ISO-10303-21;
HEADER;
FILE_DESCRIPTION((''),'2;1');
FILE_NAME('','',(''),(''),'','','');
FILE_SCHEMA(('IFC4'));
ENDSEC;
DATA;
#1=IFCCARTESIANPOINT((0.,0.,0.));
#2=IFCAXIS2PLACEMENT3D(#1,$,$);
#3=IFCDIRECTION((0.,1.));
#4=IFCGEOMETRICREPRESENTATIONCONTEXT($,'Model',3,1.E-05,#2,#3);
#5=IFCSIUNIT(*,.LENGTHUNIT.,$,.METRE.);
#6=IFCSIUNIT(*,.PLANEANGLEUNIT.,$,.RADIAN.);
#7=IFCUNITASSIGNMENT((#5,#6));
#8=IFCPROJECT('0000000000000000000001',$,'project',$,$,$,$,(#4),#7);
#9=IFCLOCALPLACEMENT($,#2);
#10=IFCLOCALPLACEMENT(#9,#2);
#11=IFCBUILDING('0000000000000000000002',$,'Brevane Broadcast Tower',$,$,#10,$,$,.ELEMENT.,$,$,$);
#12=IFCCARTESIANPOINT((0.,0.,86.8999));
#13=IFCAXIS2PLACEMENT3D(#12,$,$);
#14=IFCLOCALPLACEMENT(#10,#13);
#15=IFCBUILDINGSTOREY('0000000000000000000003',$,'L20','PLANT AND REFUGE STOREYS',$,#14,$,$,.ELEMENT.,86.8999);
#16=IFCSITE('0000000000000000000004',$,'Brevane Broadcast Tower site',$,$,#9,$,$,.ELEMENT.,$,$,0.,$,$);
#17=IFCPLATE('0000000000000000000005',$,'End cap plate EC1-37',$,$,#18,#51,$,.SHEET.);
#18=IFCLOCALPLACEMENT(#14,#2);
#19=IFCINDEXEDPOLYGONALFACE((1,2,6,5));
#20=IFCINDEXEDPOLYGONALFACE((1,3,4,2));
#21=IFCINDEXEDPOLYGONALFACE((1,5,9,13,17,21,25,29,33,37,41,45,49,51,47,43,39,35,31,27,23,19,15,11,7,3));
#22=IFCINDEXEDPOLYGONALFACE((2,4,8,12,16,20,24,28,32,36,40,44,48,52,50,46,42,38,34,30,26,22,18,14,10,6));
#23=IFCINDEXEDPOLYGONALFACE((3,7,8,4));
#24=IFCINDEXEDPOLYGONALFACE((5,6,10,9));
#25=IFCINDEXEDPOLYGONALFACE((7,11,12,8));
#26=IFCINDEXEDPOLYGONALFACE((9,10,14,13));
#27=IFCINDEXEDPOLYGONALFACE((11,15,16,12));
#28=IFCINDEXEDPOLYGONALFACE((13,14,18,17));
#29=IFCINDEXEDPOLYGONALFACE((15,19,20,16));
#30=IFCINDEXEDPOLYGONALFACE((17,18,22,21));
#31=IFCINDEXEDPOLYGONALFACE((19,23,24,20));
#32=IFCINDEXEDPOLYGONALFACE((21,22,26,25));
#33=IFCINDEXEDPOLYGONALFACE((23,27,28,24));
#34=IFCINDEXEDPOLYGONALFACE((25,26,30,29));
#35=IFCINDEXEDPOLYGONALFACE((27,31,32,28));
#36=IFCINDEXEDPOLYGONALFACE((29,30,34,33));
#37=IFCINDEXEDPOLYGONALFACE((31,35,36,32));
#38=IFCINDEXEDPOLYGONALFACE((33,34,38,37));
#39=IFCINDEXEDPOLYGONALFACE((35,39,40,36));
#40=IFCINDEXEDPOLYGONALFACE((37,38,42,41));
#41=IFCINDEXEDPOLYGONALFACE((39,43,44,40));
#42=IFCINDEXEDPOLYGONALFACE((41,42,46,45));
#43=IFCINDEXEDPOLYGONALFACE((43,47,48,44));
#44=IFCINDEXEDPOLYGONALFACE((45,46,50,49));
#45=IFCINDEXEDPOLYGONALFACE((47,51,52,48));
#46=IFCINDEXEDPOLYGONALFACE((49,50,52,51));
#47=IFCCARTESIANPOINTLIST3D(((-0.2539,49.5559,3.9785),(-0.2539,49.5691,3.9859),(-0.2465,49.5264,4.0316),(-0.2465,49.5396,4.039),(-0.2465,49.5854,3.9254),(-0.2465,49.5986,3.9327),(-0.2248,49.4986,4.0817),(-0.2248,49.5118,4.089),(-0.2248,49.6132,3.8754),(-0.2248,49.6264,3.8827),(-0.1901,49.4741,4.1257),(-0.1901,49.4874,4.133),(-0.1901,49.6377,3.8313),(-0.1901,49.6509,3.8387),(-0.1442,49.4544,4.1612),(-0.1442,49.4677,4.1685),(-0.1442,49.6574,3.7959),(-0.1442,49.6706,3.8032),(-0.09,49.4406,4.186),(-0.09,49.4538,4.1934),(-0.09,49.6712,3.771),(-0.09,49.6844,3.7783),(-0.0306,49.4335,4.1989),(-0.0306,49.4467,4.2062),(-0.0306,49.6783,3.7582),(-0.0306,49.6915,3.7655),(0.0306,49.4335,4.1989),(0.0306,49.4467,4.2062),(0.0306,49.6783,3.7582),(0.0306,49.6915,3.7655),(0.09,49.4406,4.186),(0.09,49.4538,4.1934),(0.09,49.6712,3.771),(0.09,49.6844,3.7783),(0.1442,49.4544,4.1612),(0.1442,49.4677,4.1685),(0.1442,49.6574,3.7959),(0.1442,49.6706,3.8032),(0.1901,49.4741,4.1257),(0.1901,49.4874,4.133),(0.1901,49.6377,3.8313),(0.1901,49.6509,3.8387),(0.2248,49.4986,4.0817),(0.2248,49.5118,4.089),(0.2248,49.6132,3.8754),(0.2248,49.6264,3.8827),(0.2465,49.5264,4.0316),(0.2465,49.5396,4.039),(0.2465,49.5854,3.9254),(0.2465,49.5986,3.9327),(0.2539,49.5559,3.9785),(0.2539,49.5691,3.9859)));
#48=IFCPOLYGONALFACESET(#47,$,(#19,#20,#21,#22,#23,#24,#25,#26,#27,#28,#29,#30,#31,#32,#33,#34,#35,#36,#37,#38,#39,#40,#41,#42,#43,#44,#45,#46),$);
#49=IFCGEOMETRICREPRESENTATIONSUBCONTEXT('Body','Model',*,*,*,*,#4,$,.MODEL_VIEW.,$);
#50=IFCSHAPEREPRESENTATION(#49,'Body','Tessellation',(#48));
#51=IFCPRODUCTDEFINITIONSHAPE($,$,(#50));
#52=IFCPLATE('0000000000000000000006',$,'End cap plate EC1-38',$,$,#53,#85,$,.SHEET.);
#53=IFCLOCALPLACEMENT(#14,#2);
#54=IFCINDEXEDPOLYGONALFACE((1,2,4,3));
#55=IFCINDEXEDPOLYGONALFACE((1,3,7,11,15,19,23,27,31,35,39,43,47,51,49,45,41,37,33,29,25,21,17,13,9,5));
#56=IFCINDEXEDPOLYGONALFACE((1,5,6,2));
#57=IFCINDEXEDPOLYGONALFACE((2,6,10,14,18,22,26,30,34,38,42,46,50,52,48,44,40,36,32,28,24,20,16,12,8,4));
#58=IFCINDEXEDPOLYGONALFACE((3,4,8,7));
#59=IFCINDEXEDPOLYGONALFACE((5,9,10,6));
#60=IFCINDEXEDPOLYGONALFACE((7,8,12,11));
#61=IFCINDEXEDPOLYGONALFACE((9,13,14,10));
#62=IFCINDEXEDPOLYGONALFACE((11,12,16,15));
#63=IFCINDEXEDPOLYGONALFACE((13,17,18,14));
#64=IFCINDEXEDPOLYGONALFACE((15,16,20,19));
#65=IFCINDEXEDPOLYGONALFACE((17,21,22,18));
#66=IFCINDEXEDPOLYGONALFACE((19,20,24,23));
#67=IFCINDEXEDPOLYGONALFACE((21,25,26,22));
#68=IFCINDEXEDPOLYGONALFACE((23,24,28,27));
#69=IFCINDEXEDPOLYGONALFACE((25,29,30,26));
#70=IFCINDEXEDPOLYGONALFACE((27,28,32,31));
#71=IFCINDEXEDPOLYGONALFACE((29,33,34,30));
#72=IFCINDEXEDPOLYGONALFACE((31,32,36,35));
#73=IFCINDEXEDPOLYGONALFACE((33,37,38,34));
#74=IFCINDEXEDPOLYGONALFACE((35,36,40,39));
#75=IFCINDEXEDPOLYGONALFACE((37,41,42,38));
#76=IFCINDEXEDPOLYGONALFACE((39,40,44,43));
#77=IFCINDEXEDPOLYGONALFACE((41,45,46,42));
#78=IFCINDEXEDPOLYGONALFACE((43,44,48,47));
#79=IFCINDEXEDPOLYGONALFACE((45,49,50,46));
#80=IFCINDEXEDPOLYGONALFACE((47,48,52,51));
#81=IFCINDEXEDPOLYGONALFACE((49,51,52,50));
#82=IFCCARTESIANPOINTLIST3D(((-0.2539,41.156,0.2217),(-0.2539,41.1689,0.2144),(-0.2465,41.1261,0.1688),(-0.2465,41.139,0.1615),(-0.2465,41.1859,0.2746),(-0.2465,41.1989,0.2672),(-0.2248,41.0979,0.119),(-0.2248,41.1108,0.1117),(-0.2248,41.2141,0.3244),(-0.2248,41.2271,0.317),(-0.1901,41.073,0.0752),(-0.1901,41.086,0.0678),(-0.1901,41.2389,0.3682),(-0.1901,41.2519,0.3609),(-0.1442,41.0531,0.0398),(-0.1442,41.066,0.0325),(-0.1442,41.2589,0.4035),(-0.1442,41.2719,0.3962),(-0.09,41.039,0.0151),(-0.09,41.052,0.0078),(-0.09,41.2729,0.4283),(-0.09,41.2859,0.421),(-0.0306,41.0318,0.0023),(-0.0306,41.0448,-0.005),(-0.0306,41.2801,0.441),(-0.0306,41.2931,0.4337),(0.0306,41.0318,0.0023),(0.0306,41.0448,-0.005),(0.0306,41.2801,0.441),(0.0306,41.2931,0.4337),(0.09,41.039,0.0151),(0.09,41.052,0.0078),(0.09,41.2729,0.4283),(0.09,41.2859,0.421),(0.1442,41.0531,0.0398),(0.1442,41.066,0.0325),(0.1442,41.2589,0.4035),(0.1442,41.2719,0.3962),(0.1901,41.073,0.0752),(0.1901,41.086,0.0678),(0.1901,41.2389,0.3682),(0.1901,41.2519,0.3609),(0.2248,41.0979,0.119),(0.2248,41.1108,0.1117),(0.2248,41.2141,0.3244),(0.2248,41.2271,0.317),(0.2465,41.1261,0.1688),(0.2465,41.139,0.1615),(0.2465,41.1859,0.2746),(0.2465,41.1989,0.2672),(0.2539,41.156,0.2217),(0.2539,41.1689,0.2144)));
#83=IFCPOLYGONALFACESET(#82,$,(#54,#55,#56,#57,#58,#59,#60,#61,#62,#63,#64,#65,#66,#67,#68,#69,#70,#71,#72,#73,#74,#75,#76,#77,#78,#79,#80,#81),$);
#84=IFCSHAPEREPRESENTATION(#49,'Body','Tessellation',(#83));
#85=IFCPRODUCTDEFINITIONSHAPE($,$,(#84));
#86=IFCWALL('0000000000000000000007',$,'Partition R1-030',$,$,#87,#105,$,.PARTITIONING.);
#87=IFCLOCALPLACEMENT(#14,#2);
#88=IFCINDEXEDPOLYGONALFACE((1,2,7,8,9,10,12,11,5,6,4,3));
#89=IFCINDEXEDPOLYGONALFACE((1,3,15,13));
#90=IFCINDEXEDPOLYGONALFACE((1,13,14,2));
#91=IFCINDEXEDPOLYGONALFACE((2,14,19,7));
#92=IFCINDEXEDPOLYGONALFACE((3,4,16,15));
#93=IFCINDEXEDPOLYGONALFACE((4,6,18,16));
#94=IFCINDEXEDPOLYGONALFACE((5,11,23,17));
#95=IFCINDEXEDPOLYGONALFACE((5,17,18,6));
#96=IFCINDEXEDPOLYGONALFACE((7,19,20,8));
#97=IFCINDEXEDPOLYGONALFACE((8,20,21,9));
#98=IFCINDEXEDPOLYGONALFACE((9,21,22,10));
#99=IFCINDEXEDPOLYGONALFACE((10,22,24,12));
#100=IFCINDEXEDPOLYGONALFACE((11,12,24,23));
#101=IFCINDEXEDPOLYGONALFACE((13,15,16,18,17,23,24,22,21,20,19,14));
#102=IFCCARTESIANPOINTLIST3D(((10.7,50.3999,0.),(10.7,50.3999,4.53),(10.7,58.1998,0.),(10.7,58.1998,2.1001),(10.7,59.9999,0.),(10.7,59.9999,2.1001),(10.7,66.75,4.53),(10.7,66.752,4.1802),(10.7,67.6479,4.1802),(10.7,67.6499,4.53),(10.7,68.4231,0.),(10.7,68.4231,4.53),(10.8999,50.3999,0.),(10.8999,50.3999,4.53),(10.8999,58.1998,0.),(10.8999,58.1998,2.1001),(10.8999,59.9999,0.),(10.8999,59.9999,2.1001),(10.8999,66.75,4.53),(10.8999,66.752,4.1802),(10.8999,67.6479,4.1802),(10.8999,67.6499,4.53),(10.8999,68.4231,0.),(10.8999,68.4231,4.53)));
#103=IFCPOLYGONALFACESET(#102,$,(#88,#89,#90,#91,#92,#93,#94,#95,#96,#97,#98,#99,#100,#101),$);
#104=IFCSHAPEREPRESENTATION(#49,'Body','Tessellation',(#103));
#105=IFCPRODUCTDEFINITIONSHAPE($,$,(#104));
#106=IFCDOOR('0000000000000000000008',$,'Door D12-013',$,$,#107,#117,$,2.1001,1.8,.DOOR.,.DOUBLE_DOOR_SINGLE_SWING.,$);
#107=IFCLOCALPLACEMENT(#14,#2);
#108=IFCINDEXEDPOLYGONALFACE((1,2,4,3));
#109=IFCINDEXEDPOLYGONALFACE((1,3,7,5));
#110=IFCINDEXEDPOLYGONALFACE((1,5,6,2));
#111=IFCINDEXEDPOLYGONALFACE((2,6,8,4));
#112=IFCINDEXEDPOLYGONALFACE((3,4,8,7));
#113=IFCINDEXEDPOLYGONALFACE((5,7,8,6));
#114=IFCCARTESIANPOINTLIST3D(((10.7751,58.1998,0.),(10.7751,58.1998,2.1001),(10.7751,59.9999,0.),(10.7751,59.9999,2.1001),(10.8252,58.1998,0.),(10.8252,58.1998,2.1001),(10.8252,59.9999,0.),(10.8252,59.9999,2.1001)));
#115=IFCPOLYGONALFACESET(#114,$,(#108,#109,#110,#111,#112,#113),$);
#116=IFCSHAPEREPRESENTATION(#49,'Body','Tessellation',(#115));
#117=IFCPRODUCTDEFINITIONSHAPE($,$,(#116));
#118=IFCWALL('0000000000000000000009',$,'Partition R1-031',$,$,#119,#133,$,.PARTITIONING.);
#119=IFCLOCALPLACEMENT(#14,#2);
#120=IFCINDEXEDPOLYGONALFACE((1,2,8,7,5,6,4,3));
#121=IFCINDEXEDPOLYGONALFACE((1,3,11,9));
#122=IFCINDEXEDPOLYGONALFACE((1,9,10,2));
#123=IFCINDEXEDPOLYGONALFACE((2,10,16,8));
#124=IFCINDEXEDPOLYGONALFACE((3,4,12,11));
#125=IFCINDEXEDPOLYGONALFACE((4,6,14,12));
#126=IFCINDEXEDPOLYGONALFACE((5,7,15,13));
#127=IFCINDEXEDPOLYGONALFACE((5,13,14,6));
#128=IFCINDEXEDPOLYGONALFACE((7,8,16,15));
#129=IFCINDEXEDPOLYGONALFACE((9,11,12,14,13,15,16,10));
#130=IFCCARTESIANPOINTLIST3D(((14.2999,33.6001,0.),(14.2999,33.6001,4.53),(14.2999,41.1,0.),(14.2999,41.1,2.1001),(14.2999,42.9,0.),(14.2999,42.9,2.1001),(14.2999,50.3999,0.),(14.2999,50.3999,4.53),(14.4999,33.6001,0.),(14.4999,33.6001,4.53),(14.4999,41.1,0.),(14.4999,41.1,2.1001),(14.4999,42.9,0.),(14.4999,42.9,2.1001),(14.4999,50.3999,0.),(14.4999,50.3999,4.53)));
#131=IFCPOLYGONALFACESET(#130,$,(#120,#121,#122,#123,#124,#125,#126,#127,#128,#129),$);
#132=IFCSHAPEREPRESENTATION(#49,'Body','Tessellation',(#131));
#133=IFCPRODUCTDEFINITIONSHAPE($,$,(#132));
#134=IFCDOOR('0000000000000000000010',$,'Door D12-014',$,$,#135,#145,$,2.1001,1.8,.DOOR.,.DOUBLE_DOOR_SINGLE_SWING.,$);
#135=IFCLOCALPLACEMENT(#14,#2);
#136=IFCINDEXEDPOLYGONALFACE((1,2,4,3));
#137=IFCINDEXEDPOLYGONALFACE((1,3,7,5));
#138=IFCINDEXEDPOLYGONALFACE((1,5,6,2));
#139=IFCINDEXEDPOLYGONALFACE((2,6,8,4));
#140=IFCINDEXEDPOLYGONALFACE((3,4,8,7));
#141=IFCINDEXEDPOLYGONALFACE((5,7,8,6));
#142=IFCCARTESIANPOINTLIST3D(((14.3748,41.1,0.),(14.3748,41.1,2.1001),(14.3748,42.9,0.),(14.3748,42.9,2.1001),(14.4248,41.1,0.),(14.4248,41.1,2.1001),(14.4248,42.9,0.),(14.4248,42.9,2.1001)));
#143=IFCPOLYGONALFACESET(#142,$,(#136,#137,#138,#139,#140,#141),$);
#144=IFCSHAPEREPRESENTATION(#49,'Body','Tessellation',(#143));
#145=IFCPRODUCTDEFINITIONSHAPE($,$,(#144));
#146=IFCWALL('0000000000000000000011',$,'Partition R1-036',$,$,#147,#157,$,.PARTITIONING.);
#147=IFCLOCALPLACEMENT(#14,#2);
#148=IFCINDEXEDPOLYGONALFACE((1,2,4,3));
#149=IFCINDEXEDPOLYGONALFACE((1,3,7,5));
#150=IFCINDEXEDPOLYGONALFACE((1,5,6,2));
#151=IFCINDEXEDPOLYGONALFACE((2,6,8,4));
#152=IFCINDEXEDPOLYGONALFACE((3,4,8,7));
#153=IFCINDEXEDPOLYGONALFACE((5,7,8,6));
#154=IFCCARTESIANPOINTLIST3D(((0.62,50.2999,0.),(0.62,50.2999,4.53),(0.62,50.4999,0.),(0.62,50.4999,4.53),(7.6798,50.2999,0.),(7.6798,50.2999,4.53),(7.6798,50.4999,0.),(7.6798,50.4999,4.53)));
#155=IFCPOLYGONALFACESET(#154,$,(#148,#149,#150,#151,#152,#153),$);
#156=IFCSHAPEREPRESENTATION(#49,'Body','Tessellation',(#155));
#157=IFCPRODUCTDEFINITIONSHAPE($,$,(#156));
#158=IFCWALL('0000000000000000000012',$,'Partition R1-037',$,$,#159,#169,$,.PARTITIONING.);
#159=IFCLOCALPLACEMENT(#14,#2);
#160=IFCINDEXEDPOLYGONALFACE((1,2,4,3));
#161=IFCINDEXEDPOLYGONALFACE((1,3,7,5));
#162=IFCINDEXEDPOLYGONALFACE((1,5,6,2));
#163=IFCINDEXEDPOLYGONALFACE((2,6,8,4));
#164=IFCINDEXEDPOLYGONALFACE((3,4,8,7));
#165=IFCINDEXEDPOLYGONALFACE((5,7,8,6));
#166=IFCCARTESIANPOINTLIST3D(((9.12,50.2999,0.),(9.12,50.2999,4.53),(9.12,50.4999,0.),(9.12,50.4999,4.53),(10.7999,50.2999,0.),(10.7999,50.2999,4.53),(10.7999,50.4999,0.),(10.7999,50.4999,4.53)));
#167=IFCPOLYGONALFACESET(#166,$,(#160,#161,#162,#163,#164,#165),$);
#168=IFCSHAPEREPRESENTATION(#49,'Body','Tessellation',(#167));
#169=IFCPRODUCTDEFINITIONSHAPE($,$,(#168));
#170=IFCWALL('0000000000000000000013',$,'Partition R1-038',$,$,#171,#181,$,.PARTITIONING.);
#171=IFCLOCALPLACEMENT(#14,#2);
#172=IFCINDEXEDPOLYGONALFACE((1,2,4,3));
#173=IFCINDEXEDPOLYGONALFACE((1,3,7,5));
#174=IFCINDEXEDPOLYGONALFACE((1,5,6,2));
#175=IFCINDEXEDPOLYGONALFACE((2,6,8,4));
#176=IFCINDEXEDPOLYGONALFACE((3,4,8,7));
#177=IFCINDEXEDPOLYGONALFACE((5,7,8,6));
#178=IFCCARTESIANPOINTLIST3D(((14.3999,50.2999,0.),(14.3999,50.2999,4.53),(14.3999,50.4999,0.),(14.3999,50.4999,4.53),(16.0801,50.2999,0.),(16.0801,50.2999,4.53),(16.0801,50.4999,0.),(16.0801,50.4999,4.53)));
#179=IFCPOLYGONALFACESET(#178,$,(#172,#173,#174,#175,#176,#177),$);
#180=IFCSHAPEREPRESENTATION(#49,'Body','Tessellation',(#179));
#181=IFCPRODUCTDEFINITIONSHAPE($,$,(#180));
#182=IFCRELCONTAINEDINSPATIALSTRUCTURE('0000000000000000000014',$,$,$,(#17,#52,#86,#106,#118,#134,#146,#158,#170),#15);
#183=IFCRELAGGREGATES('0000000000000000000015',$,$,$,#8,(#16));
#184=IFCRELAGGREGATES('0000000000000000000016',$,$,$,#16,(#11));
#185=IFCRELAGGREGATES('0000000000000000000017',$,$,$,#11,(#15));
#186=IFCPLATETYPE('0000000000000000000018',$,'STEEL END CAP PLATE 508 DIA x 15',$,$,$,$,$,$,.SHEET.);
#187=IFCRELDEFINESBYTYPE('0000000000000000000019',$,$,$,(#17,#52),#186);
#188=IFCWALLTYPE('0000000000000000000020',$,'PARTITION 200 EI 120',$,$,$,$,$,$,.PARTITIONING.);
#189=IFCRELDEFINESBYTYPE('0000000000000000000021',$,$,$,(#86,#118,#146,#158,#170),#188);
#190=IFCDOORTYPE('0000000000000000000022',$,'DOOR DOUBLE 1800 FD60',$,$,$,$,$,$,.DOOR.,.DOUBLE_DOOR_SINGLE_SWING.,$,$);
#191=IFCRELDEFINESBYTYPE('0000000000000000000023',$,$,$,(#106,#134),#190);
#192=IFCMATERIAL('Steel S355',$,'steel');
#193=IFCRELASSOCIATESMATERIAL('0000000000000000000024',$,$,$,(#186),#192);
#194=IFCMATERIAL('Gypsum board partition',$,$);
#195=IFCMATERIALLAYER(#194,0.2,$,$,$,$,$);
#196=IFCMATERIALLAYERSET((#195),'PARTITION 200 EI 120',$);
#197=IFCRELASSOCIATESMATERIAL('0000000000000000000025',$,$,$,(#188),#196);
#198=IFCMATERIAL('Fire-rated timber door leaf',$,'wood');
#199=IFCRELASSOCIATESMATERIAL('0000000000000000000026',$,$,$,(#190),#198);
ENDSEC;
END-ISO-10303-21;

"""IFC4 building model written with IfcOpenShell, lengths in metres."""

from ifc_helpers import new_model, si_unit, direction, frame, frame_2d, origin, origin_2d, place, context, subcontext, project, spatial, polyline, rectangle, circle, outline, extrude, material, layer, layer_set, material_profile, profile_set, type_object, element, fill, save


model = new_model("IFC4")

# Units and contexts
model_context = context("Model", 3, precision=1e-05, world=origin(), true_north=direction((0.0, 1.0)))
body_context = subcontext(model_context, "Body", "Model", "MODEL_VIEW")
ifc_project = project(units=[si_unit("LENGTHUNIT", "METRE"), si_unit("PLANEANGLEUNIT", "RADIAN")], contexts=[model_context])

# Site, building, storey
site_placement = place(None, origin())
site = spatial("IfcSite", under=ifc_project, at=site_placement, Name="Brevane Broadcast Tower site", CompositionType="ELEMENT", RefElevation=0.0)
building_placement = place(site_placement, origin())
building = spatial("IfcBuilding", under=site, at=building_placement, Name="Brevane Broadcast Tower", CompositionType="ELEMENT")
storey_placement = place(building_placement, frame((0.0, 0.0, 86.8999)))
storey = spatial("IfcBuildingStorey", under=building, at=storey_placement, Name="L20", Description="PLANT AND REFUGE STOREYS", CompositionType="ELEMENT", Elevation=86.8999)

# Shared definitions
ifc_material_1 = material(Name="Steel S355", Category="steel")

# Plates
ifc_material_profile_1 = material_profile(ifc_material_1, circle(Radius=0.2539, at=origin_2d()), Name="PL 508 DIA x 15")
ifc_profile_set_1 = profile_set([ifc_material_profile_1], Name="Steel S355")
plate_type = type_object("IfcPlateType", Name="STEEL END CAP PLATE 508 DIA x 15", PredefinedType="SHEET", material=ifc_profile_set_1)
plate_1_placement = place(storey_placement, frame((0.0, 49.5559, 3.9785), z_axis=(0.0, 0.874157, 0.485643), x_axis=(-1.0, 0.0, 0.0)))
element("IfcPlate", 1, at=plate_1_placement, inside=storey, type_object=plate_type, Name="End cap plate EC1-37", PredefinedType="SHEET", context=body_context, shape_type="SweptSolid", body=[
    extrude(circle(Radius=0.2539, at=origin_2d()), origin(), (0.0, 0.0, 1.0), 0.0151),
])
plate_2_placement = place(storey_placement, frame((0.0, 41.1689, 0.2144), z_axis=(0.0, -0.870257, 0.492598), x_axis=(1.0, 0.0, 0.0)))
element("IfcPlate", 2, at=plate_2_placement, inside=storey, type_object=plate_type, Name="End cap plate EC1-38", PredefinedType="SHEET", context=body_context, shape_type="SweptSolid", body=[
    extrude(circle(Radius=0.2539, at=origin_2d()), origin(), (0.0, 0.0, 1.0), 0.0149),
])

# Walls, openings, doors
ifc_material_2 = material(Name="Gypsum board partition")
ifc_layer_1 = layer(ifc_material_2, 0.2)
ifc_layer_set_1 = layer_set([ifc_layer_1], Name="PARTITION 200 EI 120")
wall_type_1 = type_object("IfcWallType", Name="PARTITION 200 EI 120", PredefinedType="PARTITIONING", material=ifc_layer_set_1)
wall_1_placement = place(storey_placement, frame((10.8, 50.3999, 0.0), z_axis=(0.0, 0.0, 1.0), x_axis=(0.0, 1.0, 0.0)))
wall_1 = element("IfcWall", 3, at=wall_1_placement, inside=storey, type_object=wall_type_1, Name="Partition R1-030", PredefinedType="PARTITIONING", context=body_context, shape_type="SweptSolid", body=[
    extrude(outline(polyline([(0.0, 0.0), (18.0232, 0.0), (18.0232, 4.53), (17.8799, 4.53), (17.25, 4.53), (17.248, 4.1802), (16.3521, 4.1802), (16.3501, 4.53), (0.0, 4.53), (0.0, 0.0)])), frame((0.0, 0.1001, 0.0), z_axis=(0.0, -1.0, 0.0), x_axis=(1.0, 0.0, 0.0)), (0.0, 0.0, 1.0), 0.2),
])
opening_1_placement = place(wall_1_placement, frame((7.8, 0.0, 0.0)))
opening_1 = element("IfcOpeningElement", 4, at=opening_1_placement, cuts=wall_1, PredefinedType="OPENING", context=body_context, shape_type="SweptSolid", body=[
    extrude(rectangle(XDim=1.8, YDim=2.1001, at=frame_2d((0.8999, 1.05))), frame((0.0, 0.1099, 0.0), z_axis=(0.0, -1.0, 0.0), x_axis=(1.0, 0.0, 0.0)), (0.0, 0.0, 1.0), 0.22),
])
ifc_material_3 = material(Name="Fire-rated timber door leaf", Category="wood")
door_type = type_object("IfcDoorType", Name="DOOR DOUBLE 1800 FD60", OperationType="DOUBLE_DOOR_SINGLE_SWING", PredefinedType="DOOR", material=ifc_material_3)
door_1_placement = place(opening_1_placement, origin())
door_1 = element("IfcDoor", 5, at=door_1_placement, inside=storey, type_object=door_type, Name="Door D12-013", OperationType="DOUBLE_DOOR_SINGLE_SWING", OverallHeight=2.1001, OverallWidth=1.8, PredefinedType="DOOR", context=body_context, shape_type="SweptSolid", body=[
    extrude(rectangle(XDim=1.8, YDim=2.1001, at=frame_2d((0.8999, 1.05))), frame((0.0, 0.0249, 0.0), z_axis=(0.0, -1.0, 0.0), x_axis=(1.0, 0.0, 0.0)), (0.0, 0.0, 1.0), 0.05),
])
fill(opening_1, door_1)
wall_2_placement = place(storey_placement, frame((14.3999, 50.3999, 0.0), z_axis=(0.0, 0.0, 1.0), x_axis=(0.0, -1.0, 0.0)))
wall_2 = element("IfcWall", 6, at=wall_2_placement, inside=storey, type_object=wall_type_1, Name="Partition R1-031", PredefinedType="PARTITIONING", context=body_context, shape_type="SweptSolid", body=[
    extrude(rectangle(XDim=16.7998, YDim=0.2, at=frame_2d((8.3999, 0.0))), origin(), (0.0, 0.0, 1.0), 4.53),
])
opening_2_placement = place(wall_2_placement, frame((7.5, 0.0, 0.0)))
opening_2 = element("IfcOpeningElement", 7, at=opening_2_placement, cuts=wall_2, PredefinedType="OPENING", context=body_context, shape_type="SweptSolid", body=[
    extrude(rectangle(XDim=1.8, YDim=2.1001, at=frame_2d((0.8999, 1.05))), frame((0.0, 0.1099, 0.0), z_axis=(0.0, -1.0, 0.0), x_axis=(1.0, 0.0, 0.0)), (0.0, 0.0, 1.0), 0.22),
])
door_2_placement = place(opening_2_placement, origin())
door_2 = element("IfcDoor", 8, at=door_2_placement, inside=storey, type_object=door_type, Name="Door D12-014", OperationType="DOUBLE_DOOR_SINGLE_SWING", OverallHeight=2.1001, OverallWidth=1.8, PredefinedType="DOOR", context=body_context, shape_type="SweptSolid", body=[
    extrude(rectangle(XDim=1.8, YDim=2.1001, at=frame_2d((0.8999, 1.05))), frame((0.0, 0.0249, 0.0), z_axis=(0.0, -1.0, 0.0), x_axis=(1.0, 0.0, 0.0)), (0.0, 0.0, 1.0), 0.05),
])
fill(opening_2, door_2)

# Walls
wall_3_placement = place(storey_placement, frame((0.6201, 50.3999, 0.0), z_axis=(0.0, 0.0, 1.0), x_axis=(1.0, 0.0, 0.0)))
element("IfcWall", 9, at=wall_3_placement, inside=storey, type_object=wall_type_1, Name="Partition R1-036", PredefinedType="PARTITIONING", context=body_context, shape_type="SweptSolid", body=[
    extrude(rectangle(XDim=7.0598, YDim=0.2, at=frame_2d((3.5298, 0.0))), origin(), (0.0, 0.0, 1.0), 4.53),
])
wall_4_placement = place(storey_placement, frame((9.1201, 50.3999, 0.0), z_axis=(0.0, 0.0, 1.0), x_axis=(1.0, 0.0, 0.0)))
element("IfcWall", 10, at=wall_4_placement, inside=storey, type_object=wall_type_1, Name="Partition R1-037", PredefinedType="PARTITIONING", context=body_context, shape_type="SweptSolid", body=[
    extrude(rectangle(XDim=1.6799, YDim=0.2, at=frame_2d((0.8398, 0.0))), origin(), (0.0, 0.0, 1.0), 4.53),
])
wall_5_placement = place(storey_placement, frame((14.3999, 50.3999, 0.0), z_axis=(0.0, 0.0, 1.0), x_axis=(1.0, 0.0, 0.0)))
element("IfcWall", 11, at=wall_5_placement, inside=storey, type_object=wall_type_1, Name="Partition R1-038", PredefinedType="PARTITIONING", context=body_context, shape_type="SweptSolid", body=[
    extrude(rectangle(XDim=1.6802, YDim=0.2, at=frame_2d((0.8401, 0.0))), origin(), (0.0, 0.0, 1.0), 4.53),
])

save(model, "model.ifc")
